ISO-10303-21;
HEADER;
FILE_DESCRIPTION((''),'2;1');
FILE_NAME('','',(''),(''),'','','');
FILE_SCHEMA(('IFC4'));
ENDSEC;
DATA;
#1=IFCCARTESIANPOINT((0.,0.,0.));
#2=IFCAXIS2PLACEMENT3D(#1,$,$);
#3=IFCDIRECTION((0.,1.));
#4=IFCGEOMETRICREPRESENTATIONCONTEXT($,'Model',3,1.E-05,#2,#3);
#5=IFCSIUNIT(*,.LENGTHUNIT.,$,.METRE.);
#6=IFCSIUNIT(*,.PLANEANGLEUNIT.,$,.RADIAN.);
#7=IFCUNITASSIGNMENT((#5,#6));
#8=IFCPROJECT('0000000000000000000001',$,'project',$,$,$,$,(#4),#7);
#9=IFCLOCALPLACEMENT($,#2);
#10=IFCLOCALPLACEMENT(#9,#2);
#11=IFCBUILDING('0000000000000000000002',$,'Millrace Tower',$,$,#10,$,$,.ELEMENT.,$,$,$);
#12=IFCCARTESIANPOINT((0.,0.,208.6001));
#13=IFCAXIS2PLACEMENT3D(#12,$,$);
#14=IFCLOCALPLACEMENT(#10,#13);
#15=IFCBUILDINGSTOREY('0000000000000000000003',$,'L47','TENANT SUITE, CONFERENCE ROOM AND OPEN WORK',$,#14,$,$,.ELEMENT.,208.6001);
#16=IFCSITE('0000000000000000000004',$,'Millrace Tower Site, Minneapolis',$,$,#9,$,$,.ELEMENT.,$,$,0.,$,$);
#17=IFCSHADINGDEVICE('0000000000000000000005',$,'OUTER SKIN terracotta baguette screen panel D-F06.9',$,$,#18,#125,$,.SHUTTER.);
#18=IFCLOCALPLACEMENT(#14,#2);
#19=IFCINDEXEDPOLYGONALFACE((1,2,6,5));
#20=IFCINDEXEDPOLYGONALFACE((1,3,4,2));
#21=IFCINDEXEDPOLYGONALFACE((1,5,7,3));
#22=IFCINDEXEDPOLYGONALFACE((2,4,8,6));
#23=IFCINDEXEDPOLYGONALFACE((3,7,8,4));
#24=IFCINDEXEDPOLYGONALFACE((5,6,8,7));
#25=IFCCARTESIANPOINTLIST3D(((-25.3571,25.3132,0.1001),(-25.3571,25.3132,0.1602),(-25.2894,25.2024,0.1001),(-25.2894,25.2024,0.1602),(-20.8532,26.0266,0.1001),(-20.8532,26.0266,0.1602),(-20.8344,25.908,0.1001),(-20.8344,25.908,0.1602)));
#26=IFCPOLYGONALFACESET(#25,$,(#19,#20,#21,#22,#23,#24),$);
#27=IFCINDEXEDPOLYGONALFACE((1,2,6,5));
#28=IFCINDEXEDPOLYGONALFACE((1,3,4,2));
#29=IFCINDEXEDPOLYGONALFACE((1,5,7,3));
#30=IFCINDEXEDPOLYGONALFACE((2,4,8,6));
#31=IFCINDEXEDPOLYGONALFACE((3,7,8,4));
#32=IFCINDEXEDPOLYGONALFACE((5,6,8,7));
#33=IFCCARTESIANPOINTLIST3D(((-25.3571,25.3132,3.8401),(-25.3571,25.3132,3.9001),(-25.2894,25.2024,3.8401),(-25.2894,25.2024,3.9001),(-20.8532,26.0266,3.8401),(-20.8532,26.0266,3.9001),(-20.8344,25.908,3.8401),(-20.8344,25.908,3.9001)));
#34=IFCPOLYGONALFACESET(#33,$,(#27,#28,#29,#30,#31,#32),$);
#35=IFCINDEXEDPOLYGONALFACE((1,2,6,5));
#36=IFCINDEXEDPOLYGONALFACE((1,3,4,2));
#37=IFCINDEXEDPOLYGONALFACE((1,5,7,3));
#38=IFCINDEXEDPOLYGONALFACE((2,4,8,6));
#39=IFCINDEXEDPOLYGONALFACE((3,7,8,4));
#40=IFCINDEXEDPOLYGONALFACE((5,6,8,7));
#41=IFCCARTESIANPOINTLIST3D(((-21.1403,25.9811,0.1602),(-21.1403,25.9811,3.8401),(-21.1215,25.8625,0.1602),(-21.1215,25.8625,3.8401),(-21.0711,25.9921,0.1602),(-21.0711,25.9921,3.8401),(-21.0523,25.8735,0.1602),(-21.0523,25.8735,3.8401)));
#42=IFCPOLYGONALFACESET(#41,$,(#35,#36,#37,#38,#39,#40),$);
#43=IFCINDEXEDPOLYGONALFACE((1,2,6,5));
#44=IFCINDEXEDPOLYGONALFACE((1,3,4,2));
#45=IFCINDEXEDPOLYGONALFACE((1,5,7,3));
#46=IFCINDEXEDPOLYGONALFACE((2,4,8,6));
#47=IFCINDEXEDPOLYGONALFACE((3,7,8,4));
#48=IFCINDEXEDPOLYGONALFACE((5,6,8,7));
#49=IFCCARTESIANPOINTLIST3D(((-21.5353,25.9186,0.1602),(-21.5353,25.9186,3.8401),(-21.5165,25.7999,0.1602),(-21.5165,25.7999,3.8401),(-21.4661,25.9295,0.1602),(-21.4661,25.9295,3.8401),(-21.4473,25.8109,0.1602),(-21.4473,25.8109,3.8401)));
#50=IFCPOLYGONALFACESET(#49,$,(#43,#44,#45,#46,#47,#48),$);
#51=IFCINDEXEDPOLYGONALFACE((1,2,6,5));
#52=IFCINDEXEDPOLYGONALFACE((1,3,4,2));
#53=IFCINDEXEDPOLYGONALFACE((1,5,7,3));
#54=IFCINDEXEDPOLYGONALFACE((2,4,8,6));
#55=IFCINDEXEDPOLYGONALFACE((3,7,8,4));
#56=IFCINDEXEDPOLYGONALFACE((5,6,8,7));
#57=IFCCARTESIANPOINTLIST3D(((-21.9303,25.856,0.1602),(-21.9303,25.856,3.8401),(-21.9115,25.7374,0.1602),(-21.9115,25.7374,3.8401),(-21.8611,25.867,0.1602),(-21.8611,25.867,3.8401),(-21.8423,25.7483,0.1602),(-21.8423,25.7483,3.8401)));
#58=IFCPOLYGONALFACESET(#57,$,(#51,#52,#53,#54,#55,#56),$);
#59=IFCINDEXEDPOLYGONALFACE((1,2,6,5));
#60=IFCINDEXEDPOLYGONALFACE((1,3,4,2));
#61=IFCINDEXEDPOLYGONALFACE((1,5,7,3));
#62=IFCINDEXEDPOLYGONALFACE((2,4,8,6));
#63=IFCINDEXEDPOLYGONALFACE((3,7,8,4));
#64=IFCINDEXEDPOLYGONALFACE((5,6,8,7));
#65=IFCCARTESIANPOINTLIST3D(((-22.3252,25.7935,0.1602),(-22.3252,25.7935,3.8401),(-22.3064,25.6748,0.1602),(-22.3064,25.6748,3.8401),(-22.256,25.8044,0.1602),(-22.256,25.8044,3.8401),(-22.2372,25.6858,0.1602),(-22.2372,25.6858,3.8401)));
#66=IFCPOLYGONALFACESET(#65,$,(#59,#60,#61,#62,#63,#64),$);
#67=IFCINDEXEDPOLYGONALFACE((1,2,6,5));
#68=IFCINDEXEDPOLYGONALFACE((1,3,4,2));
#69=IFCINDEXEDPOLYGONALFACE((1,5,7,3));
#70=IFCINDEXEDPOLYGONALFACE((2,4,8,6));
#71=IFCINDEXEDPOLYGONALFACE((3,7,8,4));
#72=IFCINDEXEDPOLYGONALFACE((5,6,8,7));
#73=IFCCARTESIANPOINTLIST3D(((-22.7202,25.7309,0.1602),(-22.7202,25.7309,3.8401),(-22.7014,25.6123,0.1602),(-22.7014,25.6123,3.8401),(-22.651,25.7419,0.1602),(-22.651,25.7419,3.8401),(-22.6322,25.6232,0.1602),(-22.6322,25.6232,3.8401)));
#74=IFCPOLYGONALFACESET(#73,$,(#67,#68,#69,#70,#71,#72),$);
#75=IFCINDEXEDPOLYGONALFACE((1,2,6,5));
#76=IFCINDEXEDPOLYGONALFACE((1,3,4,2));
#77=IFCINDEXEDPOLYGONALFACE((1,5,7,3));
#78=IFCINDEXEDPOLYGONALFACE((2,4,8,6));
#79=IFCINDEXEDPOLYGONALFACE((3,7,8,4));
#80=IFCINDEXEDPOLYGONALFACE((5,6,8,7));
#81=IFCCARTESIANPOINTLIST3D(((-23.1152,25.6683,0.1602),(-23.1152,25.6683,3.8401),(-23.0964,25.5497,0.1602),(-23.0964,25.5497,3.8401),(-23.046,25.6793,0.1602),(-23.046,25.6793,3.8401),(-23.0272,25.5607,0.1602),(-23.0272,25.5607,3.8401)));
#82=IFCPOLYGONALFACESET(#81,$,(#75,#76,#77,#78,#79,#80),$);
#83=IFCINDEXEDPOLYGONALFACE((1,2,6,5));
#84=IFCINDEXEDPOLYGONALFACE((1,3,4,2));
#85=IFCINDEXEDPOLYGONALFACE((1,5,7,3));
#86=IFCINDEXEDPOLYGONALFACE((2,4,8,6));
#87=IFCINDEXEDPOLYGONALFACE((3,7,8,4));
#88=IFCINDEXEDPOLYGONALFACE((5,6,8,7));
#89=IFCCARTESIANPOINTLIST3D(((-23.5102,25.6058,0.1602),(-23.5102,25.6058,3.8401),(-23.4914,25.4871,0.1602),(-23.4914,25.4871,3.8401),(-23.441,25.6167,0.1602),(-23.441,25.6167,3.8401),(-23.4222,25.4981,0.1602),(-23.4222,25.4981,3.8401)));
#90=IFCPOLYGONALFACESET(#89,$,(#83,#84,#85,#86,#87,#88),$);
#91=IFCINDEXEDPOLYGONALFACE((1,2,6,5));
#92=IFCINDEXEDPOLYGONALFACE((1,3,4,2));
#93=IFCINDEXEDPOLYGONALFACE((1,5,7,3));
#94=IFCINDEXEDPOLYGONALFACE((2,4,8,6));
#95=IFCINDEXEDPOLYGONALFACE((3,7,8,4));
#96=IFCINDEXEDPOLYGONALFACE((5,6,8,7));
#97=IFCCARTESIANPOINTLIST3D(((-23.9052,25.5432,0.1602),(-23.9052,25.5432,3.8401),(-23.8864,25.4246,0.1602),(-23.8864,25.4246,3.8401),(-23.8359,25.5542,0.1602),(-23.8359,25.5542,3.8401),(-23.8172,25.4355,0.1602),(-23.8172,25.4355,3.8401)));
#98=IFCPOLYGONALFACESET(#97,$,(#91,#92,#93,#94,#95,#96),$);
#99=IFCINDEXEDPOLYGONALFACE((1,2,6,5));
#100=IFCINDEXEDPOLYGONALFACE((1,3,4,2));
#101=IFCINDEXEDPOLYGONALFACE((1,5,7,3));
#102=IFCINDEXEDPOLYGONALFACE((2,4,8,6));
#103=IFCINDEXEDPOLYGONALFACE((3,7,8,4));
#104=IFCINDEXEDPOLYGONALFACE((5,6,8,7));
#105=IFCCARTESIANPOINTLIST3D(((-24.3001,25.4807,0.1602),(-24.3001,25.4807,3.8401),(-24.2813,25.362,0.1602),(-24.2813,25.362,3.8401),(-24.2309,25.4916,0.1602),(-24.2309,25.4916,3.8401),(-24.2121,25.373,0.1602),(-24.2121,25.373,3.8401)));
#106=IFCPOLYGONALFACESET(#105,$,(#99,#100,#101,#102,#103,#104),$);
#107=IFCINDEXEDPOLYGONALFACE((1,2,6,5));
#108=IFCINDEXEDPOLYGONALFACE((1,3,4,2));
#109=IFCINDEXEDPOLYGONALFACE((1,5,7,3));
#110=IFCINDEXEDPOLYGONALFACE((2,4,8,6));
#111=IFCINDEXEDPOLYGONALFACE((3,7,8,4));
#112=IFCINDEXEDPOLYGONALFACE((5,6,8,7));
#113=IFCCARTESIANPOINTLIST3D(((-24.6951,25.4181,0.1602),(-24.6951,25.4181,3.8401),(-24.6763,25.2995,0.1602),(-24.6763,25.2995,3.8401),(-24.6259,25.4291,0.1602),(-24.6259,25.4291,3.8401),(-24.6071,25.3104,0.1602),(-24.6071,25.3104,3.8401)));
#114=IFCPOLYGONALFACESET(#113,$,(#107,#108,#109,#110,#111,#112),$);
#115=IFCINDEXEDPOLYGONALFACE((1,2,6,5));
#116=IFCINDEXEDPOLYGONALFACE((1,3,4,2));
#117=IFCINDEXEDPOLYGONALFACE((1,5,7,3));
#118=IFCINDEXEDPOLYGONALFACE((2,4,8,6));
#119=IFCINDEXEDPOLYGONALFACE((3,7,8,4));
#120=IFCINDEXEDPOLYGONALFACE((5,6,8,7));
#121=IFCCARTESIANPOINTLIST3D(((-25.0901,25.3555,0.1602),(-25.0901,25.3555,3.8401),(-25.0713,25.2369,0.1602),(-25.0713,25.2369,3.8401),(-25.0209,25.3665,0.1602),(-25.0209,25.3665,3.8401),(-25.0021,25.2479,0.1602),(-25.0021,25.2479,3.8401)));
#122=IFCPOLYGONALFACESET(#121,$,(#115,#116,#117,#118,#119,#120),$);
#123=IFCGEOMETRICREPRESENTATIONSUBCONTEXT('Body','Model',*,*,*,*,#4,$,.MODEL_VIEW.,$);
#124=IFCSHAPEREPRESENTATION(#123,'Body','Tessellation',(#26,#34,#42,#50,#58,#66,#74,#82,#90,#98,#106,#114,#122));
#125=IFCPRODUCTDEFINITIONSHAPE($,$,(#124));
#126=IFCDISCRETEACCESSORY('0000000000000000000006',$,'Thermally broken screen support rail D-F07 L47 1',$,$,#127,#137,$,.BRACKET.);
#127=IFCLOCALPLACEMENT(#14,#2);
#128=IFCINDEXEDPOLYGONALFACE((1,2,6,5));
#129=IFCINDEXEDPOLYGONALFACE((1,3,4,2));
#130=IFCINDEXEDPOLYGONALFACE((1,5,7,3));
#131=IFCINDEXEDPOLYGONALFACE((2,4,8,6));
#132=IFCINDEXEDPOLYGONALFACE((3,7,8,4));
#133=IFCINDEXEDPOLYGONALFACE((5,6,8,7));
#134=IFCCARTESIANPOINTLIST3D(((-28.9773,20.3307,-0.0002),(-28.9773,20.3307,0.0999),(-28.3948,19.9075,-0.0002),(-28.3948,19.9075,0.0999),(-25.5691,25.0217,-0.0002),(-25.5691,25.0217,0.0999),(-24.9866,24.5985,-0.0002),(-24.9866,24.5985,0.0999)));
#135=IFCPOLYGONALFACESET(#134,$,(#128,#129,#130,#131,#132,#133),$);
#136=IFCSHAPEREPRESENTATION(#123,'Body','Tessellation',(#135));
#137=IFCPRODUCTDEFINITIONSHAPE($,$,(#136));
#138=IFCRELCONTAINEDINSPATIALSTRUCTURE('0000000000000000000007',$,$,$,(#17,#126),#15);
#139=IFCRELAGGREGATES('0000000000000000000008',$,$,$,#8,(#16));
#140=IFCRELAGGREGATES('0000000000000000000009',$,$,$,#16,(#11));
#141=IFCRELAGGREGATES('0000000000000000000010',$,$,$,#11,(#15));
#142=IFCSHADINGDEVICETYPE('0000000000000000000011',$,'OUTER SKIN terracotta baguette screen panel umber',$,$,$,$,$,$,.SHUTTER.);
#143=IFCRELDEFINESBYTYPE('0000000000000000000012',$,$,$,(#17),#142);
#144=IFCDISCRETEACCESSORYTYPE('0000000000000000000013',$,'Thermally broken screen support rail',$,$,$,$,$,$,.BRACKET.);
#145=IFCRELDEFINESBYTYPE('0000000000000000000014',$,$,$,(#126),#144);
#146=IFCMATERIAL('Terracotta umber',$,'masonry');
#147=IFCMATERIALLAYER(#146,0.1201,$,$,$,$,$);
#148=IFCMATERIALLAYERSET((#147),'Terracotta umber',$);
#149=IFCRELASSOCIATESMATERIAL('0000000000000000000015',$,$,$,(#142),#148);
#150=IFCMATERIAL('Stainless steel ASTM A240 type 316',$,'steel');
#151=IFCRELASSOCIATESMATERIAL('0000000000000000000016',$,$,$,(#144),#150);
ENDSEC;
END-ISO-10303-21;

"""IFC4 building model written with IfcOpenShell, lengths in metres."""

from ifc_helpers import new_model, entity, si_unit, direction, frame, frame_2d, origin, origin_2d, place, context, subcontext, project, spatial, rectangle, extrude, source, transform, mapped, material, layer, layer_set, type_object, element, save


model = new_model("IFC4")

# Units and contexts
model_context = context("Model", 3, precision=1e-05, world=origin(), true_north=direction((0.0, 1.0)))
body_context = subcontext(model_context, "Body", "Model", "MODEL_VIEW")
ifc_project = project(units=[si_unit("LENGTHUNIT", "METRE"), si_unit("PLANEANGLEUNIT", "RADIAN")], contexts=[model_context])

# Site, building, storey
site_placement = place(None, origin())
site = spatial("IfcSite", under=ifc_project, at=site_placement, Name="Millrace Tower Site, Minneapolis", CompositionType="ELEMENT", RefElevation=0.0)
building_placement = place(site_placement, origin())
building = spatial("IfcBuilding", under=site, at=building_placement, Name="Millrace Tower", CompositionType="ELEMENT")
storey_placement = place(building_placement, frame((0.0, 0.0, 208.6001)))
storey = spatial("IfcBuildingStorey", under=building, at=storey_placement, Name="L47", Description="TENANT SUITE, CONFERENCE ROOM AND OPEN WORK", CompositionType="ELEMENT", Elevation=208.6001)

# Shading device
ifc_material_1 = material(Name="Terracotta umber", Category="masonry")
ifc_layer_1 = layer(ifc_material_1, 0.1201)
ifc_layer_set_1 = layer_set([ifc_layer_1], Name="Terracotta umber")
shading_device_type = type_object("IfcShadingDeviceType", Name="OUTER SKIN terracotta baguette screen panel umber", PredefinedType="SHUTTER", material=ifc_layer_set_1)
cartesian_point_1 = entity("IfcCartesianPoint", [-2.2676, 0.0601])
shared_polyline_1 = entity("IfcPolyline", [cartesian_point_1, entity("IfcCartesianPoint", [2.2429, 0.0601]), entity("IfcCartesianPoint", [2.2925, -0.0601]), entity("IfcCartesianPoint", [-2.2676, -0.0601]), cartesian_point_1])
shared_shape_1 = source(origin(), body_context, "Body", "SweptSolid", [
    entity("IfcExtrudedAreaSolid", entity("IfcArbitraryClosedProfileDef", "AREA", None, shared_polyline_1), entity("IfcAxis2Placement3D", entity("IfcCartesianPoint", [0.0, 0.0, 0.0])), entity("IfcDirection", [0.0, 0.0, 1.0]), 0.0601),
    entity("IfcExtrudedAreaSolid", entity("IfcArbitraryClosedProfileDef", "AREA", None, shared_polyline_1), entity("IfcAxis2Placement3D", entity("IfcCartesianPoint", [0.0, 0.0, 3.74])), entity("IfcDirection", [0.0, 0.0, 1.0]), 0.0601),
    extrude(rectangle(XDim=0.0701, YDim=0.1201, at=frame_2d((-2.012, 0.0))), frame((0.0, 0.0, 0.0601)), (0.0, 0.0, 1.0), 3.6799),
    extrude(rectangle(XDim=0.0701, YDim=0.1201, at=frame_2d((-1.6121, 0.0))), frame((0.0, 0.0, 0.0601)), (0.0, 0.0, 1.0), 3.6799),
    extrude(rectangle(XDim=0.0701, YDim=0.1201, at=frame_2d((-1.2122, 0.0))), frame((0.0, 0.0, 0.0601)), (0.0, 0.0, 1.0), 3.6799),
    extrude(rectangle(XDim=0.0701, YDim=0.1201, at=frame_2d((-0.8123, 0.0))), frame((0.0, 0.0, 0.0601)), (0.0, 0.0, 1.0), 3.6799),
    extrude(rectangle(XDim=0.0701, YDim=0.1201, at=frame_2d((-0.4124, 0.0))), frame((0.0, 0.0, 0.0601)), (0.0, 0.0, 1.0), 3.6799),
    extrude(rectangle(XDim=0.0701, YDim=0.1201, at=frame_2d((-0.0125, 0.0))), frame((0.0, 0.0, 0.0601)), (0.0, 0.0, 1.0), 3.6799),
    extrude(rectangle(XDim=0.0701, YDim=0.1201, at=frame_2d((0.3875, 0.0))), frame((0.0, 0.0, 0.0601)), (0.0, 0.0, 1.0), 3.6799),
    extrude(rectangle(XDim=0.0701, YDim=0.1201, at=frame_2d((0.7874, 0.0))), frame((0.0, 0.0, 0.0601)), (0.0, 0.0, 1.0), 3.6799),
    extrude(rectangle(XDim=0.0701, YDim=0.1201, at=frame_2d((1.1873, 0.0))), frame((0.0, 0.0, 0.0601)), (0.0, 0.0, 1.0), 3.6799),
    extrude(rectangle(XDim=0.0701, YDim=0.1201, at=frame_2d((1.5872, 0.0))), frame((0.0, 0.0, 0.0601)), (0.0, 0.0, 1.0), 3.6799),
    extrude(rectangle(XDim=0.0701, YDim=0.1201, at=frame_2d((1.9871, 0.0))), frame((0.0, 0.0, 0.0601)), (0.0, 0.0, 1.0), 3.6799),
])
shading_device_1_placement = place(storey_placement, frame((-23.0835, 25.6125, 0.1001), z_axis=(0.0, 0.0, 1.0), x_axis=(-0.987688, -0.156434, 0.0)))
element("IfcShadingDevice", 1, at=shading_device_1_placement, inside=storey, type_object=shading_device_type, Name="OUTER SKIN terracotta baguette screen panel D-F06.9", PredefinedType="SHUTTER", context=body_context, shape_type="MappedRepresentation", body=[
    mapped(shared_shape_1, transform((0.0, 0.0, 0.0), scale=1.0)),
])

# Discrete accessory
ifc_material_2 = material(Name="Stainless steel ASTM A240 type 316", Category="steel")
discrete_accessory_type = type_object("IfcDiscreteAccessoryType", Name="Thermally broken screen support rail", PredefinedType="BRACKET", material=ifc_material_2)
discrete_accessory_placement = place(storey_placement, frame((-26.9819, 22.4646, -0.0002), z_axis=(0.0, 0.0, 1.0), x_axis=(-0.587785, -0.809017, 0.0)))
element("IfcDiscreteAccessory", 2, at=discrete_accessory_placement, inside=storey, type_object=discrete_accessory_type, Name="Thermally broken screen support rail D-F07 L47 1", PredefinedType="BRACKET", context=body_context, shape_type="SweptSolid", body=[
    extrude(rectangle(XDim=5.7983, YDim=0.72, at=origin_2d()), origin(), (0.0, 0.0, 1.0), 0.1001),
])

save(model, "model.ifc")
